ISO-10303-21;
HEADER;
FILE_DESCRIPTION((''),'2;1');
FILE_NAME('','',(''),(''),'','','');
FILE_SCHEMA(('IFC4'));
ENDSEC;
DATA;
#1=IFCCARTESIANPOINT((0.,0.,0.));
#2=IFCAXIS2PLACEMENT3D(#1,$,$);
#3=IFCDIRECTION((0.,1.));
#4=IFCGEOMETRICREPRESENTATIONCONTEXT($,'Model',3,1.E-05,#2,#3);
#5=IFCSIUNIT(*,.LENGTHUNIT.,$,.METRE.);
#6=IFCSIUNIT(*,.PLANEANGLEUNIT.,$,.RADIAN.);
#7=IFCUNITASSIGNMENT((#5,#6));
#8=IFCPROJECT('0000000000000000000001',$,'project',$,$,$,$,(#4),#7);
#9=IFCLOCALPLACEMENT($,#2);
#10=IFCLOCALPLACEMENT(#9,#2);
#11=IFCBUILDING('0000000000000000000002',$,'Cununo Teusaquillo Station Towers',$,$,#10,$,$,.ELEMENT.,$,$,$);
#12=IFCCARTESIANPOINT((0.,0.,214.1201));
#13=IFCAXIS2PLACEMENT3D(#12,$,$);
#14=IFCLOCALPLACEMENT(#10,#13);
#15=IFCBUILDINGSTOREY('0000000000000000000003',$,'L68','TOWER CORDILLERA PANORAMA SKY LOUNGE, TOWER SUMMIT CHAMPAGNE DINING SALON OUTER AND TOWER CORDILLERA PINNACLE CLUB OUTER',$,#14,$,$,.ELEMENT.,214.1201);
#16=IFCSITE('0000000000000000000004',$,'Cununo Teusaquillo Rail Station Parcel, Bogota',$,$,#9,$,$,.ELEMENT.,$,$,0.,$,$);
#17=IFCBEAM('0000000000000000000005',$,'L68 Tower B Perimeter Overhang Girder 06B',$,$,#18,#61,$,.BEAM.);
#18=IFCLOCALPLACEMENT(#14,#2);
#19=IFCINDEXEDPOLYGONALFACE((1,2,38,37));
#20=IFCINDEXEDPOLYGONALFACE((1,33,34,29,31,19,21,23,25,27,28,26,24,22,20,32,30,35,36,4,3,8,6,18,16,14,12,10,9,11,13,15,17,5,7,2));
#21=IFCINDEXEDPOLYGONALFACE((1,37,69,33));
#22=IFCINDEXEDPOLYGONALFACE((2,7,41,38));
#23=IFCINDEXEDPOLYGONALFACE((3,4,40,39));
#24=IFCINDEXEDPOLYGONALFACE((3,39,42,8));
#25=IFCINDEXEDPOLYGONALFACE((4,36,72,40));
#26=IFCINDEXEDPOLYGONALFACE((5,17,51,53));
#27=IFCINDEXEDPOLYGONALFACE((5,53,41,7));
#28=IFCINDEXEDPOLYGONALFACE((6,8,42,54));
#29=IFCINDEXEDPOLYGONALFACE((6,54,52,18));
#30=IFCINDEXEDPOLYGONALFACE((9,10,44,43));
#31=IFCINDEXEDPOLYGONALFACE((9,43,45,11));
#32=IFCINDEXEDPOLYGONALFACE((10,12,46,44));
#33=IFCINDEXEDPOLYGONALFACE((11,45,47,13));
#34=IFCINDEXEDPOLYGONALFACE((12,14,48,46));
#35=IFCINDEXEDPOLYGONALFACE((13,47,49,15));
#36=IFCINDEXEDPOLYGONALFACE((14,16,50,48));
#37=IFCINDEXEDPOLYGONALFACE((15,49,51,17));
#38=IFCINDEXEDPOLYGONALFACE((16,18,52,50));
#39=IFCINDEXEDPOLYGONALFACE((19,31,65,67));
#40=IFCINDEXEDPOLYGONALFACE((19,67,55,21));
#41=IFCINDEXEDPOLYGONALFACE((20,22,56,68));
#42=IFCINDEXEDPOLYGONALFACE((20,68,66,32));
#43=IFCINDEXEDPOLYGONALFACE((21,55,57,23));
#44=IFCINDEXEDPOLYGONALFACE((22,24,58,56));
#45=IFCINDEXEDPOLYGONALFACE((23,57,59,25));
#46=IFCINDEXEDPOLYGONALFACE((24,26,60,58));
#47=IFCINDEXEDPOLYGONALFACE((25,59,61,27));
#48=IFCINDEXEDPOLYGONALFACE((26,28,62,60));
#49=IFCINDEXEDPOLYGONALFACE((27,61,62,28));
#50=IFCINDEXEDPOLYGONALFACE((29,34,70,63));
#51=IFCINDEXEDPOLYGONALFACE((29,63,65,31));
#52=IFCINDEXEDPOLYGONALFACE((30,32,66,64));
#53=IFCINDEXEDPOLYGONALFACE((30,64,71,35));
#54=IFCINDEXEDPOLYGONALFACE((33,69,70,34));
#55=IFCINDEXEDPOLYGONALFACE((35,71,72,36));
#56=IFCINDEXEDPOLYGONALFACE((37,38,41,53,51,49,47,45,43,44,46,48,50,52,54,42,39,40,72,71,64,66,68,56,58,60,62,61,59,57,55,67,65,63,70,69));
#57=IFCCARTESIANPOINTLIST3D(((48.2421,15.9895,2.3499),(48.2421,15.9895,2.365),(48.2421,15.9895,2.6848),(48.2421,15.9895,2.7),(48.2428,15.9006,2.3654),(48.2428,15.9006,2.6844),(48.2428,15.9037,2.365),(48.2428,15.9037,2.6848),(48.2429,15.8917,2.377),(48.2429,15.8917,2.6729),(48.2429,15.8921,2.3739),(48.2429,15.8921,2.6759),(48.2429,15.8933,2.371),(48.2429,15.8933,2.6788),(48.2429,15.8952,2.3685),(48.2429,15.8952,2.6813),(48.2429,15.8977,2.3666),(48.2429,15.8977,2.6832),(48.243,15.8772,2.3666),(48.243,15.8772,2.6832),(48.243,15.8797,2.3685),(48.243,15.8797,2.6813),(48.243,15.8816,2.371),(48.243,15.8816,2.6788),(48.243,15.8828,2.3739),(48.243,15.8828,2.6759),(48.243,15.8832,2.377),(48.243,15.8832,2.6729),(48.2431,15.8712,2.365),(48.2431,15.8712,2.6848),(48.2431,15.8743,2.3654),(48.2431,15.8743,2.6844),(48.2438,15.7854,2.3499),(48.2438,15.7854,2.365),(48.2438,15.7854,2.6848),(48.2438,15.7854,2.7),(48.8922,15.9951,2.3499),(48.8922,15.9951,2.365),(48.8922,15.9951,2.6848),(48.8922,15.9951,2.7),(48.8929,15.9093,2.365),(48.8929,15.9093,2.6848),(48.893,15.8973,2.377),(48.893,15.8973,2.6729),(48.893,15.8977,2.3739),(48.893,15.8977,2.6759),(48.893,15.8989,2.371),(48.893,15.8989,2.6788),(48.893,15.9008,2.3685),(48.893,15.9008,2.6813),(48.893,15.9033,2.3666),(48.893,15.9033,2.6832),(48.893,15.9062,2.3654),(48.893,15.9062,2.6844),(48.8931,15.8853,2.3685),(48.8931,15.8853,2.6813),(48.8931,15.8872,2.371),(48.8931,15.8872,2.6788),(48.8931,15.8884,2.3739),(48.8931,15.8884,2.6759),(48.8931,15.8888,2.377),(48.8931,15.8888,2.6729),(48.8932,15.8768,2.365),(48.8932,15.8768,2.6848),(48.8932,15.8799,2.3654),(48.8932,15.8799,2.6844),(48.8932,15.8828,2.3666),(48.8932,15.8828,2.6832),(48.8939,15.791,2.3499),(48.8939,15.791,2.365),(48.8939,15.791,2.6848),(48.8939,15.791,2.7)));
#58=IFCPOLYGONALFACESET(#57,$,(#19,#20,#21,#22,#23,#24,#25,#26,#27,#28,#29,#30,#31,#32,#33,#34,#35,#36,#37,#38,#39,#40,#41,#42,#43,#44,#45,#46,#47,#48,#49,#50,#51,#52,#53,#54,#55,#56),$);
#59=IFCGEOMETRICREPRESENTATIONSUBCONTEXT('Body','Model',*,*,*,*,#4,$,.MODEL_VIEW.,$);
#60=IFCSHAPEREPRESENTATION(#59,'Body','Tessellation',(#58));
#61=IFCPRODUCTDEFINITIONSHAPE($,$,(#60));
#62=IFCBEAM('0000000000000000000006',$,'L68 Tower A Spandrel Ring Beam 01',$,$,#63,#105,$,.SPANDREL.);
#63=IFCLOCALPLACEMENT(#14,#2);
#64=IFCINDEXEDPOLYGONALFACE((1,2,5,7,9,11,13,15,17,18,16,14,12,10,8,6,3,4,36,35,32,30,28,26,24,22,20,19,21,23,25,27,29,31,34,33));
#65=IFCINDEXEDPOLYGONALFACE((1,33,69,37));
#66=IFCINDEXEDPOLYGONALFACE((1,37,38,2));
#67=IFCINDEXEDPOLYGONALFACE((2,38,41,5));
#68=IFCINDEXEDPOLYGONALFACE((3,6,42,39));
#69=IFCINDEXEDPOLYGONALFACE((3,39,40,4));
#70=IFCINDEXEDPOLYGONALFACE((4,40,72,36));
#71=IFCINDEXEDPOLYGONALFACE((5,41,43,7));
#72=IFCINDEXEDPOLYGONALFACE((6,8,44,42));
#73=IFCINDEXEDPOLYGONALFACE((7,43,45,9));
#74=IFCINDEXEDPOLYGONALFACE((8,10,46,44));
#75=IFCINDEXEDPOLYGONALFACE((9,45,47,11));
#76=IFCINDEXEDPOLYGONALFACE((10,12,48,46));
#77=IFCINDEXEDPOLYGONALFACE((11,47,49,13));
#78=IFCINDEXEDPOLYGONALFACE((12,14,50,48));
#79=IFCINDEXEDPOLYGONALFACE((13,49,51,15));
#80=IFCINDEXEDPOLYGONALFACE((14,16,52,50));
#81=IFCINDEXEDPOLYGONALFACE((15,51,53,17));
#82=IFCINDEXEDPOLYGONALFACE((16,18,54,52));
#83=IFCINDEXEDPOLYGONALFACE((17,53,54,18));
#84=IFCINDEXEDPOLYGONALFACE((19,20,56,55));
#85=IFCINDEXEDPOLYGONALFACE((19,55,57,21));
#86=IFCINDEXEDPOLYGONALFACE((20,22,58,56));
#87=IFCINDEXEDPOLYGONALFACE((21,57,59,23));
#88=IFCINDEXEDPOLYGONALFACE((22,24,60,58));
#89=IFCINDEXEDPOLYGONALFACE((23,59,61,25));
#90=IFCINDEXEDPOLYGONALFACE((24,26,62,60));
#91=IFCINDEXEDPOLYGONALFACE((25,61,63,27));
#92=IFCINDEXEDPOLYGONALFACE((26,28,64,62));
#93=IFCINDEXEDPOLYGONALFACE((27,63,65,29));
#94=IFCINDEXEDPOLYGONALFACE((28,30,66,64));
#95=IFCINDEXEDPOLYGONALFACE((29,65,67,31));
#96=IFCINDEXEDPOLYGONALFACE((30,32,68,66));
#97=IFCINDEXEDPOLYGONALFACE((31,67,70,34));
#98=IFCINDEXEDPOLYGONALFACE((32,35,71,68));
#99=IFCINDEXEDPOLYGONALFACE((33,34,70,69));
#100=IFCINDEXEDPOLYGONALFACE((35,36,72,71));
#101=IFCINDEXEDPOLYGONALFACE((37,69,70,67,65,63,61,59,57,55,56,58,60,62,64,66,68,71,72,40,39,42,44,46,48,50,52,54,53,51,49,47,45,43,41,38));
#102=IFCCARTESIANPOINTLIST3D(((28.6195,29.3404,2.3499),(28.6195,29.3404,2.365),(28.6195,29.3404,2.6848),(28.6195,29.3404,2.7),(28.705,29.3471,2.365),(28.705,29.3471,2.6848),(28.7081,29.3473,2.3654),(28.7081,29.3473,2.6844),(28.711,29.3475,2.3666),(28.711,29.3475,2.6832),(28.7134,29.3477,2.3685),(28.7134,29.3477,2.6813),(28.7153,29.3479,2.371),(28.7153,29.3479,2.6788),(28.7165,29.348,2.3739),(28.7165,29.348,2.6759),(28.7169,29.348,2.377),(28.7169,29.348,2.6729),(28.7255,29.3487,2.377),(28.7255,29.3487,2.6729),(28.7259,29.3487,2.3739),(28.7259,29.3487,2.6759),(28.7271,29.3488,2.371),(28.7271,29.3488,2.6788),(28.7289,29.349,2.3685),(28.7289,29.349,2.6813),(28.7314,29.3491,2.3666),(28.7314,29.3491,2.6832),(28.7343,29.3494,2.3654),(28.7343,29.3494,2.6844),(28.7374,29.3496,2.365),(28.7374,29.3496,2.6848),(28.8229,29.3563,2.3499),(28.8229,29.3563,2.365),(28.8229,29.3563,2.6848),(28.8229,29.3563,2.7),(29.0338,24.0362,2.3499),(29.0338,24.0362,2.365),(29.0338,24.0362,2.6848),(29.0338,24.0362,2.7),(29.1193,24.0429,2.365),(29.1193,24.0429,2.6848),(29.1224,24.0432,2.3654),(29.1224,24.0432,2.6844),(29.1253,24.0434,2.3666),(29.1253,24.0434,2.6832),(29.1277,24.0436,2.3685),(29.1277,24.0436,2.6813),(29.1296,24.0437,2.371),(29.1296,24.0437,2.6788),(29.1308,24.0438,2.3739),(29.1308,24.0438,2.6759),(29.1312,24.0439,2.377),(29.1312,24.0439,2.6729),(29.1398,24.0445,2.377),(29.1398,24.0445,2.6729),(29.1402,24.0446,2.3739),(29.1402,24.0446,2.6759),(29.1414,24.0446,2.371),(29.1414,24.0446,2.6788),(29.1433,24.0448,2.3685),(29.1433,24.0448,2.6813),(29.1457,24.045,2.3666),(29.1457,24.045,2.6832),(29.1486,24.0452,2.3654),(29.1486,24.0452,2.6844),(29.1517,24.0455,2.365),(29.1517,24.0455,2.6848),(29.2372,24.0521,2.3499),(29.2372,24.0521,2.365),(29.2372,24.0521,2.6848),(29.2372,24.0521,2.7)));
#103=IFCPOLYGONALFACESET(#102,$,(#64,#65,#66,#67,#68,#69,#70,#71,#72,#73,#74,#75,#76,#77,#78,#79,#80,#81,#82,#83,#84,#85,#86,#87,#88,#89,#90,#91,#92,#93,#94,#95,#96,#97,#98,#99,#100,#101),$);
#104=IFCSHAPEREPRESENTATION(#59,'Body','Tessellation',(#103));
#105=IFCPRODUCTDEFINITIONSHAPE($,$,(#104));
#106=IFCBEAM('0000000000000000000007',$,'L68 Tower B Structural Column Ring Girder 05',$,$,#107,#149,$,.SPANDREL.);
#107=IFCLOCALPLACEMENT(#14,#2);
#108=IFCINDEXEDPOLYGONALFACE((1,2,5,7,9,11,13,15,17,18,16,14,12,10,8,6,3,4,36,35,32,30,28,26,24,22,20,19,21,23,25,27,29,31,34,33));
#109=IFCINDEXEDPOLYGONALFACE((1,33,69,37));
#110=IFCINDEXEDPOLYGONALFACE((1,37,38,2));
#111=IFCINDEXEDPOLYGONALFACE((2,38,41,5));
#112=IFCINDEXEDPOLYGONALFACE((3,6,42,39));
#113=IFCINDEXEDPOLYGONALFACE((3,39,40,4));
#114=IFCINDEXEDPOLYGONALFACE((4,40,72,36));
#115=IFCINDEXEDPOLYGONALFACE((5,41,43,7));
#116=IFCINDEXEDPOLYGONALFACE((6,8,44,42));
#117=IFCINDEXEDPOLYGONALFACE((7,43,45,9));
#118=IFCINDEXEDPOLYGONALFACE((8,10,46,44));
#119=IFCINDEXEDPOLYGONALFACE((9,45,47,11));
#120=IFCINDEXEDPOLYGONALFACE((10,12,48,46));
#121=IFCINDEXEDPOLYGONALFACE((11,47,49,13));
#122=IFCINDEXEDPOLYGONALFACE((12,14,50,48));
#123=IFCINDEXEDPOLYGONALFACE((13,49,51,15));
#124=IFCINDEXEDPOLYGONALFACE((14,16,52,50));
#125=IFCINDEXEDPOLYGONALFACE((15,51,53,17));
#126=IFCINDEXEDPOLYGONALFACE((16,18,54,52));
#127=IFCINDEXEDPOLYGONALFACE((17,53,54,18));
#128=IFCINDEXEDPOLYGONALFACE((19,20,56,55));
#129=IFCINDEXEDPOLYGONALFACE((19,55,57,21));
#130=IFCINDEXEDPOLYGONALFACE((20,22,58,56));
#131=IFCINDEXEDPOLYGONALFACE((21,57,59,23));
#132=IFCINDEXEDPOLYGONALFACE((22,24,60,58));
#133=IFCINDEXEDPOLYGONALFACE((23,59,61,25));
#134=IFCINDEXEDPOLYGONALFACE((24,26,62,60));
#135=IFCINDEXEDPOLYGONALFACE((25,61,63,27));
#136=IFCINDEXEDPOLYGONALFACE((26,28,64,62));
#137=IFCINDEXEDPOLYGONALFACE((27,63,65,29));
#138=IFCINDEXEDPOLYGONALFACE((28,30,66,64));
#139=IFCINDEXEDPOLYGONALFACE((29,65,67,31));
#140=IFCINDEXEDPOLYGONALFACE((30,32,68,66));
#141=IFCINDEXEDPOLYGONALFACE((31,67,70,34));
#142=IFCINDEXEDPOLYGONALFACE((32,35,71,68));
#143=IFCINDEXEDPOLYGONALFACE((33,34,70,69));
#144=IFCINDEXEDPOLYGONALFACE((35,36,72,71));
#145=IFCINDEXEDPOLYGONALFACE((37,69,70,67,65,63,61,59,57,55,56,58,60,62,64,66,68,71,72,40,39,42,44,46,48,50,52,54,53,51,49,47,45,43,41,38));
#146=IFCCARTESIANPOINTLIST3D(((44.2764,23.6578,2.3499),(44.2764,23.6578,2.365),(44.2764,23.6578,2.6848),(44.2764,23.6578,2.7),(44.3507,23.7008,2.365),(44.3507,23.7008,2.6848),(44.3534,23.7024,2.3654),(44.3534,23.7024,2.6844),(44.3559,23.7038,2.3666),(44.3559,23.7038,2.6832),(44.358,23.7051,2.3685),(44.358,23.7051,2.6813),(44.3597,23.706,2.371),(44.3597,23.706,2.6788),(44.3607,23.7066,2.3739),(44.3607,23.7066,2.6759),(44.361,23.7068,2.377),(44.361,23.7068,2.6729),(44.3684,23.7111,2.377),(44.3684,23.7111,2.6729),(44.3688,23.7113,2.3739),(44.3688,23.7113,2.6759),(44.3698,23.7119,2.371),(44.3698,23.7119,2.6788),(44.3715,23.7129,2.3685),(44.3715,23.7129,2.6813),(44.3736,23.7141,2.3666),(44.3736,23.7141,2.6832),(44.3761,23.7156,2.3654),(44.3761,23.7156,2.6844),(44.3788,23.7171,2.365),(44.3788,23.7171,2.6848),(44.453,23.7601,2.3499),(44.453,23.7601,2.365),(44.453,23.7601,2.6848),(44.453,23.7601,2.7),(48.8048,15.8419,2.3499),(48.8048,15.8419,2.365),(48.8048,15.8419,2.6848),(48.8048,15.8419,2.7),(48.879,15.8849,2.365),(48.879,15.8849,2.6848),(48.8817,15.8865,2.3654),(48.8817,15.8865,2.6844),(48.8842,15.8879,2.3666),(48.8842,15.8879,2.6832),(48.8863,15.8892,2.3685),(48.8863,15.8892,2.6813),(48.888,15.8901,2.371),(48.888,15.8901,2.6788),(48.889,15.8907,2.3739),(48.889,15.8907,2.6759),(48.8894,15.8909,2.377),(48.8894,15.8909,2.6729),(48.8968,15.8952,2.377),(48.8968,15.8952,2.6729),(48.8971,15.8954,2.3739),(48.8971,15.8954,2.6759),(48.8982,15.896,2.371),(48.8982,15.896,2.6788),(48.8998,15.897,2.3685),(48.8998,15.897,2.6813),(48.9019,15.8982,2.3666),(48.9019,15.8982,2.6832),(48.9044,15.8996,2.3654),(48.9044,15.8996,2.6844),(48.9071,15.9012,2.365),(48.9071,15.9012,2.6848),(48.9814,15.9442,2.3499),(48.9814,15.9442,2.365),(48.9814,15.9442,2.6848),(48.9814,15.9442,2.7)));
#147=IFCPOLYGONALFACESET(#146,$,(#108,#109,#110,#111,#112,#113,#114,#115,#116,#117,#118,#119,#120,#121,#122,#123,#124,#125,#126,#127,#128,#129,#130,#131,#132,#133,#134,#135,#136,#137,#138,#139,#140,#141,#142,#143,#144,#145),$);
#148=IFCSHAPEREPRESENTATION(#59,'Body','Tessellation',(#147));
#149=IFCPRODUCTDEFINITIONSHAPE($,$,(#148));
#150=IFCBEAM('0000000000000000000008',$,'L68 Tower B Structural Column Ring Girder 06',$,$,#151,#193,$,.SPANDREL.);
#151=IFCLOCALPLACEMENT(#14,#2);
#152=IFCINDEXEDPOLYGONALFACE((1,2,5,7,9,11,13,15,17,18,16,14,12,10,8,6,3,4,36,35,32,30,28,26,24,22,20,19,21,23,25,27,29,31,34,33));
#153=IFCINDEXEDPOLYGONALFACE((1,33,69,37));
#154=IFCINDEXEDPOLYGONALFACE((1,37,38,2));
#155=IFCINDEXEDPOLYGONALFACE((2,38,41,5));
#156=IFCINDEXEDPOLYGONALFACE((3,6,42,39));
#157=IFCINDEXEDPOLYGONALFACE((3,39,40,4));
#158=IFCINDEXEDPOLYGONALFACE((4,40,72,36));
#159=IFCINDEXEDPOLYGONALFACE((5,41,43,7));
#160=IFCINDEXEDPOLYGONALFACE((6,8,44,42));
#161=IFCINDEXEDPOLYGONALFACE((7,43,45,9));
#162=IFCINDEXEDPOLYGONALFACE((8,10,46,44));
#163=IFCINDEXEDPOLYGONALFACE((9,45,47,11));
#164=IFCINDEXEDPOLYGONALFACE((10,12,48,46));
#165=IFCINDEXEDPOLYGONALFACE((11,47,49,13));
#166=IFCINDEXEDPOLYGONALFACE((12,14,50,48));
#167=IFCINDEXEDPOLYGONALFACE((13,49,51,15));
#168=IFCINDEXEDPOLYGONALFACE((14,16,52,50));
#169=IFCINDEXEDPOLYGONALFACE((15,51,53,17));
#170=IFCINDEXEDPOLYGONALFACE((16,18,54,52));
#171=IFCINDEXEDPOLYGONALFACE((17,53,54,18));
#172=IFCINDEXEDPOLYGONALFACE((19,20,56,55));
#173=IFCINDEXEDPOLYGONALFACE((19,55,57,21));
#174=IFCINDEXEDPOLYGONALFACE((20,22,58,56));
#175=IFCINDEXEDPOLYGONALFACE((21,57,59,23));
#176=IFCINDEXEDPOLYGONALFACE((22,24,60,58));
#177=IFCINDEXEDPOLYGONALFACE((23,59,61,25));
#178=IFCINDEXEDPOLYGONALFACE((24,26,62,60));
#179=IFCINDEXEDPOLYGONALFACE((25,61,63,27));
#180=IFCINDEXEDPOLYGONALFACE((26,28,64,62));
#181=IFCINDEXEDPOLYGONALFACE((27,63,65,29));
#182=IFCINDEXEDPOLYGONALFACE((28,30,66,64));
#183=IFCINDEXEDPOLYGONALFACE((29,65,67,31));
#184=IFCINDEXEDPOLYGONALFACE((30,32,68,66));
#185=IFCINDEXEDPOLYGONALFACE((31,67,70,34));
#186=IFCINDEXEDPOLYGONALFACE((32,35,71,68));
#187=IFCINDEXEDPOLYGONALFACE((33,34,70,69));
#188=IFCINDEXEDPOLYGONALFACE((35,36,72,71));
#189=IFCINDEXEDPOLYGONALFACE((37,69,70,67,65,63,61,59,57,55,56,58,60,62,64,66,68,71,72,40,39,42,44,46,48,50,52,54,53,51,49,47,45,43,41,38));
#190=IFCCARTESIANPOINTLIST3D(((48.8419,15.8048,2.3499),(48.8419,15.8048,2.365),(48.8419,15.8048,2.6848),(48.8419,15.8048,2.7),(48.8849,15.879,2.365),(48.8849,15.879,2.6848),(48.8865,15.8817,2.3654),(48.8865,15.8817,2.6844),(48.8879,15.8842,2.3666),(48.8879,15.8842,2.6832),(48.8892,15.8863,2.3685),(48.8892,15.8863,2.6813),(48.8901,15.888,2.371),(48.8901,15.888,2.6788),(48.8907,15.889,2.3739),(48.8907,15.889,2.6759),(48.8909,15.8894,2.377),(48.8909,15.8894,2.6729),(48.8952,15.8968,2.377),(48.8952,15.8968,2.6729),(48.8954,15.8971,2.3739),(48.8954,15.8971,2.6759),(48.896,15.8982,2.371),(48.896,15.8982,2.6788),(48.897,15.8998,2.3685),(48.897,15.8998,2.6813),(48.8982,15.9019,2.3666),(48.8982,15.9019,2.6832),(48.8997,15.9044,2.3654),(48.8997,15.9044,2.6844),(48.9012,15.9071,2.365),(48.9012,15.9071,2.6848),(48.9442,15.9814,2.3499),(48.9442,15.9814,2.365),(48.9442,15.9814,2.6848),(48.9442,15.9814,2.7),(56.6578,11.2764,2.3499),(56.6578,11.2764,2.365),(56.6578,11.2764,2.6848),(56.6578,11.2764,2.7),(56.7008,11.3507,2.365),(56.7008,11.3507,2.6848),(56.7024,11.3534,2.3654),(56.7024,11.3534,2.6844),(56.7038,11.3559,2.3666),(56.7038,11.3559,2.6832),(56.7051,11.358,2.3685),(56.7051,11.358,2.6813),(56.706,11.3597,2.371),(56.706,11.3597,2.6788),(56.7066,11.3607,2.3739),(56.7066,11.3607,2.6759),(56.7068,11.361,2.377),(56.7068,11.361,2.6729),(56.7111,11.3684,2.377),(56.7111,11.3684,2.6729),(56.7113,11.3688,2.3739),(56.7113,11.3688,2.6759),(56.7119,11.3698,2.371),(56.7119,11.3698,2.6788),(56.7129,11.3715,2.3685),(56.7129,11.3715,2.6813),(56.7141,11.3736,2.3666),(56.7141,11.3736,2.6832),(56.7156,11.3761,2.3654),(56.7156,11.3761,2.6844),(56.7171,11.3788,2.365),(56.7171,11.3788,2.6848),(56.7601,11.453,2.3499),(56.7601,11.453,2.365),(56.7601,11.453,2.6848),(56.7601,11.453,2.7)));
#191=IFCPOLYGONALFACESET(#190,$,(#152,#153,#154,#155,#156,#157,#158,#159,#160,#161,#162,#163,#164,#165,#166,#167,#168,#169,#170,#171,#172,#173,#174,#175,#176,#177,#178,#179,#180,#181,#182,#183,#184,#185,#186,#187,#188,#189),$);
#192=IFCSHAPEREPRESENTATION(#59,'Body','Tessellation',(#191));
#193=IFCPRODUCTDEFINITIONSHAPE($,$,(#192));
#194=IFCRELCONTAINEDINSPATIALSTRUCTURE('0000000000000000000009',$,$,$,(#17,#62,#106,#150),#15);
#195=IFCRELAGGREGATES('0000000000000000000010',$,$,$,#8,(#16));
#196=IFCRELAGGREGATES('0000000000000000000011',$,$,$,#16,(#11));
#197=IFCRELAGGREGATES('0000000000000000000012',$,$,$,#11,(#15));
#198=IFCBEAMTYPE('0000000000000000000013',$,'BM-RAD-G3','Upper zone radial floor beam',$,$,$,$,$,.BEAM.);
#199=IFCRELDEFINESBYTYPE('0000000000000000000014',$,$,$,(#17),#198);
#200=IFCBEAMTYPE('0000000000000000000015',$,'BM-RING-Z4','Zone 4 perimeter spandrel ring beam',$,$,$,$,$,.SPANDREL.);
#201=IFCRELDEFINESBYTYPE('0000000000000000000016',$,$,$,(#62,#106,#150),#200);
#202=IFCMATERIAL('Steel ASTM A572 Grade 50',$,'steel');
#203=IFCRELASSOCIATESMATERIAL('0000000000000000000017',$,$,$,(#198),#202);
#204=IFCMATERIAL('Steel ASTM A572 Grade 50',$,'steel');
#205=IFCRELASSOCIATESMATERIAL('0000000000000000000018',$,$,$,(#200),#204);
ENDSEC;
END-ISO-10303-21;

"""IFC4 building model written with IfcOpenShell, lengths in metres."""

from ifc_helpers import new_model, si_unit, direction, frame, origin, origin_2d, place, context, subcontext, project, spatial, i_section, extrude, material, material_profile, profile_set, type_object, element, save


model = new_model("IFC4")

# Units and contexts
model_context = context("Model", 3, precision=1e-05, world=origin(), true_north=direction((0.0, 1.0)))
body_context = subcontext(model_context, "Body", "Model", "MODEL_VIEW")
ifc_project = project(units=[si_unit("LENGTHUNIT", "METRE"), si_unit("PLANEANGLEUNIT", "RADIAN")], contexts=[model_context])

# Site, building, storey
site_placement = place(None, origin())
site = spatial("IfcSite", under=ifc_project, at=site_placement, Name="Cununo Teusaquillo Rail Station Parcel, Bogota", CompositionType="ELEMENT", RefElevation=0.0)
building_placement = place(site_placement, origin())
building = spatial("IfcBuilding", under=site, at=building_placement, Name="Cununo Teusaquillo Station Towers", CompositionType="ELEMENT")
storey_placement = place(building_placement, frame((0.0, 0.0, 214.1201)))
storey = spatial("IfcBuildingStorey", under=building, at=storey_placement, Name="L68", Description="TOWER CORDILLERA PANORAMA SKY LOUNGE, TOWER SUMMIT CHAMPAGNE DINING SALON OUTER AND TOWER CORDILLERA PINNACLE CLUB OUTER", CompositionType="ELEMENT", Elevation=214.1201)

# Beams
ifc_material_1 = material(Name="Steel ASTM A572 Grade 50", Category="steel")
ifc_material_profile_1 = material_profile(ifc_material_1, i_section(OverallWidth=0.2041, OverallDepth=0.3501, WebThickness=0.0085, FlangeThickness=0.0151, FilletRadius=0.012, at=origin_2d()), Name="W14X48")
ifc_profile_set_1 = profile_set([ifc_material_profile_1], Name="Steel ASTM A572 Grade 50")
beam_type_1 = type_object("IfcBeamType", Name="BM-RAD-G3", Description="Upper zone radial floor beam", PredefinedType="BEAM", material=ifc_profile_set_1)
beam_1_placement = place(storey_placement, frame((48.8931, 15.8931, 2.5249), z_axis=(-0.999963, -0.008637, 0.0), x_axis=(0.008637, -0.999963, 0.0)))
element("IfcBeam", 1, at=beam_1_placement, inside=storey, type_object=beam_type_1, Name="L68 Tower B Perimeter Overhang Girder 06B", PredefinedType="BEAM", context=body_context, shape_type="SweptSolid", body=[
    extrude(i_section(OverallWidth=0.2041, OverallDepth=0.3501, WebThickness=0.0085, FlangeThickness=0.0151, FilletRadius=0.012, at=origin_2d()), origin(), (0.0, 0.0, 1.0), 0.6501),
])
ifc_material_2 = material(Name="Steel ASTM A572 Grade 50", Category="steel")
ifc_material_profile_2 = material_profile(ifc_material_2, i_section(OverallWidth=0.2041, OverallDepth=0.3501, WebThickness=0.0085, FlangeThickness=0.0151, FilletRadius=0.012, at=origin_2d()), Name="W14X48")
ifc_profile_set_2 = profile_set([ifc_material_profile_2], Name="Steel ASTM A572 Grade 50")
beam_type_2 = type_object("IfcBeamType", Name="BM-RING-Z4", Description="Zone 4 perimeter spandrel ring beam", PredefinedType="SPANDREL", material=ifc_profile_set_2)
beam_2_placement = place(storey_placement, frame((29.1355, 24.0442, 2.5249), z_axis=(-0.077872, 0.996963, 0.0), x_axis=(-0.996963, -0.077872, 0.0)))
element("IfcBeam", 2, at=beam_2_placement, inside=storey, type_object=beam_type_2, Name="L68 Tower A Spandrel Ring Beam 01", PredefinedType="SPANDREL", context=body_context, shape_type="SweptSolid", body=[
    extrude(i_section(OverallWidth=0.2041, OverallDepth=0.3501, WebThickness=0.0085, FlangeThickness=0.0151, FilletRadius=0.012, at=origin_2d()), origin(), (0.0, 0.0, 1.0), 5.3203),
])
for number, where, z_axis, x_axis, name in (
    (3, (44.3647, 23.709, 2.5249), (0.501311, -0.865267, 0.0), (0.865267, 0.501311, 0.0), "L68 Tower B Structural Column Ring Girder 05"),
    (4, (48.8931, 15.8931, 2.5249), (0.865267, -0.501311, 0.0), (0.501311, 0.865267, 0.0), "L68 Tower B Structural Column Ring Girder 06"),
):
    element("IfcBeam", number, at=place(storey_placement, frame(where, z_axis=z_axis, x_axis=x_axis)), inside=storey, type_object=beam_type_2, Name=name, PredefinedType="SPANDREL", context=body_context, shape_type="SweptSolid", body=[
        extrude(i_section(OverallWidth=0.2041, OverallDepth=0.3501, WebThickness=0.0085, FlangeThickness=0.0151, FilletRadius=0.012, at=origin_2d()), origin(), (0.0, 0.0, 1.0), 9.033),
    ])

save(model, "model.ifc")
